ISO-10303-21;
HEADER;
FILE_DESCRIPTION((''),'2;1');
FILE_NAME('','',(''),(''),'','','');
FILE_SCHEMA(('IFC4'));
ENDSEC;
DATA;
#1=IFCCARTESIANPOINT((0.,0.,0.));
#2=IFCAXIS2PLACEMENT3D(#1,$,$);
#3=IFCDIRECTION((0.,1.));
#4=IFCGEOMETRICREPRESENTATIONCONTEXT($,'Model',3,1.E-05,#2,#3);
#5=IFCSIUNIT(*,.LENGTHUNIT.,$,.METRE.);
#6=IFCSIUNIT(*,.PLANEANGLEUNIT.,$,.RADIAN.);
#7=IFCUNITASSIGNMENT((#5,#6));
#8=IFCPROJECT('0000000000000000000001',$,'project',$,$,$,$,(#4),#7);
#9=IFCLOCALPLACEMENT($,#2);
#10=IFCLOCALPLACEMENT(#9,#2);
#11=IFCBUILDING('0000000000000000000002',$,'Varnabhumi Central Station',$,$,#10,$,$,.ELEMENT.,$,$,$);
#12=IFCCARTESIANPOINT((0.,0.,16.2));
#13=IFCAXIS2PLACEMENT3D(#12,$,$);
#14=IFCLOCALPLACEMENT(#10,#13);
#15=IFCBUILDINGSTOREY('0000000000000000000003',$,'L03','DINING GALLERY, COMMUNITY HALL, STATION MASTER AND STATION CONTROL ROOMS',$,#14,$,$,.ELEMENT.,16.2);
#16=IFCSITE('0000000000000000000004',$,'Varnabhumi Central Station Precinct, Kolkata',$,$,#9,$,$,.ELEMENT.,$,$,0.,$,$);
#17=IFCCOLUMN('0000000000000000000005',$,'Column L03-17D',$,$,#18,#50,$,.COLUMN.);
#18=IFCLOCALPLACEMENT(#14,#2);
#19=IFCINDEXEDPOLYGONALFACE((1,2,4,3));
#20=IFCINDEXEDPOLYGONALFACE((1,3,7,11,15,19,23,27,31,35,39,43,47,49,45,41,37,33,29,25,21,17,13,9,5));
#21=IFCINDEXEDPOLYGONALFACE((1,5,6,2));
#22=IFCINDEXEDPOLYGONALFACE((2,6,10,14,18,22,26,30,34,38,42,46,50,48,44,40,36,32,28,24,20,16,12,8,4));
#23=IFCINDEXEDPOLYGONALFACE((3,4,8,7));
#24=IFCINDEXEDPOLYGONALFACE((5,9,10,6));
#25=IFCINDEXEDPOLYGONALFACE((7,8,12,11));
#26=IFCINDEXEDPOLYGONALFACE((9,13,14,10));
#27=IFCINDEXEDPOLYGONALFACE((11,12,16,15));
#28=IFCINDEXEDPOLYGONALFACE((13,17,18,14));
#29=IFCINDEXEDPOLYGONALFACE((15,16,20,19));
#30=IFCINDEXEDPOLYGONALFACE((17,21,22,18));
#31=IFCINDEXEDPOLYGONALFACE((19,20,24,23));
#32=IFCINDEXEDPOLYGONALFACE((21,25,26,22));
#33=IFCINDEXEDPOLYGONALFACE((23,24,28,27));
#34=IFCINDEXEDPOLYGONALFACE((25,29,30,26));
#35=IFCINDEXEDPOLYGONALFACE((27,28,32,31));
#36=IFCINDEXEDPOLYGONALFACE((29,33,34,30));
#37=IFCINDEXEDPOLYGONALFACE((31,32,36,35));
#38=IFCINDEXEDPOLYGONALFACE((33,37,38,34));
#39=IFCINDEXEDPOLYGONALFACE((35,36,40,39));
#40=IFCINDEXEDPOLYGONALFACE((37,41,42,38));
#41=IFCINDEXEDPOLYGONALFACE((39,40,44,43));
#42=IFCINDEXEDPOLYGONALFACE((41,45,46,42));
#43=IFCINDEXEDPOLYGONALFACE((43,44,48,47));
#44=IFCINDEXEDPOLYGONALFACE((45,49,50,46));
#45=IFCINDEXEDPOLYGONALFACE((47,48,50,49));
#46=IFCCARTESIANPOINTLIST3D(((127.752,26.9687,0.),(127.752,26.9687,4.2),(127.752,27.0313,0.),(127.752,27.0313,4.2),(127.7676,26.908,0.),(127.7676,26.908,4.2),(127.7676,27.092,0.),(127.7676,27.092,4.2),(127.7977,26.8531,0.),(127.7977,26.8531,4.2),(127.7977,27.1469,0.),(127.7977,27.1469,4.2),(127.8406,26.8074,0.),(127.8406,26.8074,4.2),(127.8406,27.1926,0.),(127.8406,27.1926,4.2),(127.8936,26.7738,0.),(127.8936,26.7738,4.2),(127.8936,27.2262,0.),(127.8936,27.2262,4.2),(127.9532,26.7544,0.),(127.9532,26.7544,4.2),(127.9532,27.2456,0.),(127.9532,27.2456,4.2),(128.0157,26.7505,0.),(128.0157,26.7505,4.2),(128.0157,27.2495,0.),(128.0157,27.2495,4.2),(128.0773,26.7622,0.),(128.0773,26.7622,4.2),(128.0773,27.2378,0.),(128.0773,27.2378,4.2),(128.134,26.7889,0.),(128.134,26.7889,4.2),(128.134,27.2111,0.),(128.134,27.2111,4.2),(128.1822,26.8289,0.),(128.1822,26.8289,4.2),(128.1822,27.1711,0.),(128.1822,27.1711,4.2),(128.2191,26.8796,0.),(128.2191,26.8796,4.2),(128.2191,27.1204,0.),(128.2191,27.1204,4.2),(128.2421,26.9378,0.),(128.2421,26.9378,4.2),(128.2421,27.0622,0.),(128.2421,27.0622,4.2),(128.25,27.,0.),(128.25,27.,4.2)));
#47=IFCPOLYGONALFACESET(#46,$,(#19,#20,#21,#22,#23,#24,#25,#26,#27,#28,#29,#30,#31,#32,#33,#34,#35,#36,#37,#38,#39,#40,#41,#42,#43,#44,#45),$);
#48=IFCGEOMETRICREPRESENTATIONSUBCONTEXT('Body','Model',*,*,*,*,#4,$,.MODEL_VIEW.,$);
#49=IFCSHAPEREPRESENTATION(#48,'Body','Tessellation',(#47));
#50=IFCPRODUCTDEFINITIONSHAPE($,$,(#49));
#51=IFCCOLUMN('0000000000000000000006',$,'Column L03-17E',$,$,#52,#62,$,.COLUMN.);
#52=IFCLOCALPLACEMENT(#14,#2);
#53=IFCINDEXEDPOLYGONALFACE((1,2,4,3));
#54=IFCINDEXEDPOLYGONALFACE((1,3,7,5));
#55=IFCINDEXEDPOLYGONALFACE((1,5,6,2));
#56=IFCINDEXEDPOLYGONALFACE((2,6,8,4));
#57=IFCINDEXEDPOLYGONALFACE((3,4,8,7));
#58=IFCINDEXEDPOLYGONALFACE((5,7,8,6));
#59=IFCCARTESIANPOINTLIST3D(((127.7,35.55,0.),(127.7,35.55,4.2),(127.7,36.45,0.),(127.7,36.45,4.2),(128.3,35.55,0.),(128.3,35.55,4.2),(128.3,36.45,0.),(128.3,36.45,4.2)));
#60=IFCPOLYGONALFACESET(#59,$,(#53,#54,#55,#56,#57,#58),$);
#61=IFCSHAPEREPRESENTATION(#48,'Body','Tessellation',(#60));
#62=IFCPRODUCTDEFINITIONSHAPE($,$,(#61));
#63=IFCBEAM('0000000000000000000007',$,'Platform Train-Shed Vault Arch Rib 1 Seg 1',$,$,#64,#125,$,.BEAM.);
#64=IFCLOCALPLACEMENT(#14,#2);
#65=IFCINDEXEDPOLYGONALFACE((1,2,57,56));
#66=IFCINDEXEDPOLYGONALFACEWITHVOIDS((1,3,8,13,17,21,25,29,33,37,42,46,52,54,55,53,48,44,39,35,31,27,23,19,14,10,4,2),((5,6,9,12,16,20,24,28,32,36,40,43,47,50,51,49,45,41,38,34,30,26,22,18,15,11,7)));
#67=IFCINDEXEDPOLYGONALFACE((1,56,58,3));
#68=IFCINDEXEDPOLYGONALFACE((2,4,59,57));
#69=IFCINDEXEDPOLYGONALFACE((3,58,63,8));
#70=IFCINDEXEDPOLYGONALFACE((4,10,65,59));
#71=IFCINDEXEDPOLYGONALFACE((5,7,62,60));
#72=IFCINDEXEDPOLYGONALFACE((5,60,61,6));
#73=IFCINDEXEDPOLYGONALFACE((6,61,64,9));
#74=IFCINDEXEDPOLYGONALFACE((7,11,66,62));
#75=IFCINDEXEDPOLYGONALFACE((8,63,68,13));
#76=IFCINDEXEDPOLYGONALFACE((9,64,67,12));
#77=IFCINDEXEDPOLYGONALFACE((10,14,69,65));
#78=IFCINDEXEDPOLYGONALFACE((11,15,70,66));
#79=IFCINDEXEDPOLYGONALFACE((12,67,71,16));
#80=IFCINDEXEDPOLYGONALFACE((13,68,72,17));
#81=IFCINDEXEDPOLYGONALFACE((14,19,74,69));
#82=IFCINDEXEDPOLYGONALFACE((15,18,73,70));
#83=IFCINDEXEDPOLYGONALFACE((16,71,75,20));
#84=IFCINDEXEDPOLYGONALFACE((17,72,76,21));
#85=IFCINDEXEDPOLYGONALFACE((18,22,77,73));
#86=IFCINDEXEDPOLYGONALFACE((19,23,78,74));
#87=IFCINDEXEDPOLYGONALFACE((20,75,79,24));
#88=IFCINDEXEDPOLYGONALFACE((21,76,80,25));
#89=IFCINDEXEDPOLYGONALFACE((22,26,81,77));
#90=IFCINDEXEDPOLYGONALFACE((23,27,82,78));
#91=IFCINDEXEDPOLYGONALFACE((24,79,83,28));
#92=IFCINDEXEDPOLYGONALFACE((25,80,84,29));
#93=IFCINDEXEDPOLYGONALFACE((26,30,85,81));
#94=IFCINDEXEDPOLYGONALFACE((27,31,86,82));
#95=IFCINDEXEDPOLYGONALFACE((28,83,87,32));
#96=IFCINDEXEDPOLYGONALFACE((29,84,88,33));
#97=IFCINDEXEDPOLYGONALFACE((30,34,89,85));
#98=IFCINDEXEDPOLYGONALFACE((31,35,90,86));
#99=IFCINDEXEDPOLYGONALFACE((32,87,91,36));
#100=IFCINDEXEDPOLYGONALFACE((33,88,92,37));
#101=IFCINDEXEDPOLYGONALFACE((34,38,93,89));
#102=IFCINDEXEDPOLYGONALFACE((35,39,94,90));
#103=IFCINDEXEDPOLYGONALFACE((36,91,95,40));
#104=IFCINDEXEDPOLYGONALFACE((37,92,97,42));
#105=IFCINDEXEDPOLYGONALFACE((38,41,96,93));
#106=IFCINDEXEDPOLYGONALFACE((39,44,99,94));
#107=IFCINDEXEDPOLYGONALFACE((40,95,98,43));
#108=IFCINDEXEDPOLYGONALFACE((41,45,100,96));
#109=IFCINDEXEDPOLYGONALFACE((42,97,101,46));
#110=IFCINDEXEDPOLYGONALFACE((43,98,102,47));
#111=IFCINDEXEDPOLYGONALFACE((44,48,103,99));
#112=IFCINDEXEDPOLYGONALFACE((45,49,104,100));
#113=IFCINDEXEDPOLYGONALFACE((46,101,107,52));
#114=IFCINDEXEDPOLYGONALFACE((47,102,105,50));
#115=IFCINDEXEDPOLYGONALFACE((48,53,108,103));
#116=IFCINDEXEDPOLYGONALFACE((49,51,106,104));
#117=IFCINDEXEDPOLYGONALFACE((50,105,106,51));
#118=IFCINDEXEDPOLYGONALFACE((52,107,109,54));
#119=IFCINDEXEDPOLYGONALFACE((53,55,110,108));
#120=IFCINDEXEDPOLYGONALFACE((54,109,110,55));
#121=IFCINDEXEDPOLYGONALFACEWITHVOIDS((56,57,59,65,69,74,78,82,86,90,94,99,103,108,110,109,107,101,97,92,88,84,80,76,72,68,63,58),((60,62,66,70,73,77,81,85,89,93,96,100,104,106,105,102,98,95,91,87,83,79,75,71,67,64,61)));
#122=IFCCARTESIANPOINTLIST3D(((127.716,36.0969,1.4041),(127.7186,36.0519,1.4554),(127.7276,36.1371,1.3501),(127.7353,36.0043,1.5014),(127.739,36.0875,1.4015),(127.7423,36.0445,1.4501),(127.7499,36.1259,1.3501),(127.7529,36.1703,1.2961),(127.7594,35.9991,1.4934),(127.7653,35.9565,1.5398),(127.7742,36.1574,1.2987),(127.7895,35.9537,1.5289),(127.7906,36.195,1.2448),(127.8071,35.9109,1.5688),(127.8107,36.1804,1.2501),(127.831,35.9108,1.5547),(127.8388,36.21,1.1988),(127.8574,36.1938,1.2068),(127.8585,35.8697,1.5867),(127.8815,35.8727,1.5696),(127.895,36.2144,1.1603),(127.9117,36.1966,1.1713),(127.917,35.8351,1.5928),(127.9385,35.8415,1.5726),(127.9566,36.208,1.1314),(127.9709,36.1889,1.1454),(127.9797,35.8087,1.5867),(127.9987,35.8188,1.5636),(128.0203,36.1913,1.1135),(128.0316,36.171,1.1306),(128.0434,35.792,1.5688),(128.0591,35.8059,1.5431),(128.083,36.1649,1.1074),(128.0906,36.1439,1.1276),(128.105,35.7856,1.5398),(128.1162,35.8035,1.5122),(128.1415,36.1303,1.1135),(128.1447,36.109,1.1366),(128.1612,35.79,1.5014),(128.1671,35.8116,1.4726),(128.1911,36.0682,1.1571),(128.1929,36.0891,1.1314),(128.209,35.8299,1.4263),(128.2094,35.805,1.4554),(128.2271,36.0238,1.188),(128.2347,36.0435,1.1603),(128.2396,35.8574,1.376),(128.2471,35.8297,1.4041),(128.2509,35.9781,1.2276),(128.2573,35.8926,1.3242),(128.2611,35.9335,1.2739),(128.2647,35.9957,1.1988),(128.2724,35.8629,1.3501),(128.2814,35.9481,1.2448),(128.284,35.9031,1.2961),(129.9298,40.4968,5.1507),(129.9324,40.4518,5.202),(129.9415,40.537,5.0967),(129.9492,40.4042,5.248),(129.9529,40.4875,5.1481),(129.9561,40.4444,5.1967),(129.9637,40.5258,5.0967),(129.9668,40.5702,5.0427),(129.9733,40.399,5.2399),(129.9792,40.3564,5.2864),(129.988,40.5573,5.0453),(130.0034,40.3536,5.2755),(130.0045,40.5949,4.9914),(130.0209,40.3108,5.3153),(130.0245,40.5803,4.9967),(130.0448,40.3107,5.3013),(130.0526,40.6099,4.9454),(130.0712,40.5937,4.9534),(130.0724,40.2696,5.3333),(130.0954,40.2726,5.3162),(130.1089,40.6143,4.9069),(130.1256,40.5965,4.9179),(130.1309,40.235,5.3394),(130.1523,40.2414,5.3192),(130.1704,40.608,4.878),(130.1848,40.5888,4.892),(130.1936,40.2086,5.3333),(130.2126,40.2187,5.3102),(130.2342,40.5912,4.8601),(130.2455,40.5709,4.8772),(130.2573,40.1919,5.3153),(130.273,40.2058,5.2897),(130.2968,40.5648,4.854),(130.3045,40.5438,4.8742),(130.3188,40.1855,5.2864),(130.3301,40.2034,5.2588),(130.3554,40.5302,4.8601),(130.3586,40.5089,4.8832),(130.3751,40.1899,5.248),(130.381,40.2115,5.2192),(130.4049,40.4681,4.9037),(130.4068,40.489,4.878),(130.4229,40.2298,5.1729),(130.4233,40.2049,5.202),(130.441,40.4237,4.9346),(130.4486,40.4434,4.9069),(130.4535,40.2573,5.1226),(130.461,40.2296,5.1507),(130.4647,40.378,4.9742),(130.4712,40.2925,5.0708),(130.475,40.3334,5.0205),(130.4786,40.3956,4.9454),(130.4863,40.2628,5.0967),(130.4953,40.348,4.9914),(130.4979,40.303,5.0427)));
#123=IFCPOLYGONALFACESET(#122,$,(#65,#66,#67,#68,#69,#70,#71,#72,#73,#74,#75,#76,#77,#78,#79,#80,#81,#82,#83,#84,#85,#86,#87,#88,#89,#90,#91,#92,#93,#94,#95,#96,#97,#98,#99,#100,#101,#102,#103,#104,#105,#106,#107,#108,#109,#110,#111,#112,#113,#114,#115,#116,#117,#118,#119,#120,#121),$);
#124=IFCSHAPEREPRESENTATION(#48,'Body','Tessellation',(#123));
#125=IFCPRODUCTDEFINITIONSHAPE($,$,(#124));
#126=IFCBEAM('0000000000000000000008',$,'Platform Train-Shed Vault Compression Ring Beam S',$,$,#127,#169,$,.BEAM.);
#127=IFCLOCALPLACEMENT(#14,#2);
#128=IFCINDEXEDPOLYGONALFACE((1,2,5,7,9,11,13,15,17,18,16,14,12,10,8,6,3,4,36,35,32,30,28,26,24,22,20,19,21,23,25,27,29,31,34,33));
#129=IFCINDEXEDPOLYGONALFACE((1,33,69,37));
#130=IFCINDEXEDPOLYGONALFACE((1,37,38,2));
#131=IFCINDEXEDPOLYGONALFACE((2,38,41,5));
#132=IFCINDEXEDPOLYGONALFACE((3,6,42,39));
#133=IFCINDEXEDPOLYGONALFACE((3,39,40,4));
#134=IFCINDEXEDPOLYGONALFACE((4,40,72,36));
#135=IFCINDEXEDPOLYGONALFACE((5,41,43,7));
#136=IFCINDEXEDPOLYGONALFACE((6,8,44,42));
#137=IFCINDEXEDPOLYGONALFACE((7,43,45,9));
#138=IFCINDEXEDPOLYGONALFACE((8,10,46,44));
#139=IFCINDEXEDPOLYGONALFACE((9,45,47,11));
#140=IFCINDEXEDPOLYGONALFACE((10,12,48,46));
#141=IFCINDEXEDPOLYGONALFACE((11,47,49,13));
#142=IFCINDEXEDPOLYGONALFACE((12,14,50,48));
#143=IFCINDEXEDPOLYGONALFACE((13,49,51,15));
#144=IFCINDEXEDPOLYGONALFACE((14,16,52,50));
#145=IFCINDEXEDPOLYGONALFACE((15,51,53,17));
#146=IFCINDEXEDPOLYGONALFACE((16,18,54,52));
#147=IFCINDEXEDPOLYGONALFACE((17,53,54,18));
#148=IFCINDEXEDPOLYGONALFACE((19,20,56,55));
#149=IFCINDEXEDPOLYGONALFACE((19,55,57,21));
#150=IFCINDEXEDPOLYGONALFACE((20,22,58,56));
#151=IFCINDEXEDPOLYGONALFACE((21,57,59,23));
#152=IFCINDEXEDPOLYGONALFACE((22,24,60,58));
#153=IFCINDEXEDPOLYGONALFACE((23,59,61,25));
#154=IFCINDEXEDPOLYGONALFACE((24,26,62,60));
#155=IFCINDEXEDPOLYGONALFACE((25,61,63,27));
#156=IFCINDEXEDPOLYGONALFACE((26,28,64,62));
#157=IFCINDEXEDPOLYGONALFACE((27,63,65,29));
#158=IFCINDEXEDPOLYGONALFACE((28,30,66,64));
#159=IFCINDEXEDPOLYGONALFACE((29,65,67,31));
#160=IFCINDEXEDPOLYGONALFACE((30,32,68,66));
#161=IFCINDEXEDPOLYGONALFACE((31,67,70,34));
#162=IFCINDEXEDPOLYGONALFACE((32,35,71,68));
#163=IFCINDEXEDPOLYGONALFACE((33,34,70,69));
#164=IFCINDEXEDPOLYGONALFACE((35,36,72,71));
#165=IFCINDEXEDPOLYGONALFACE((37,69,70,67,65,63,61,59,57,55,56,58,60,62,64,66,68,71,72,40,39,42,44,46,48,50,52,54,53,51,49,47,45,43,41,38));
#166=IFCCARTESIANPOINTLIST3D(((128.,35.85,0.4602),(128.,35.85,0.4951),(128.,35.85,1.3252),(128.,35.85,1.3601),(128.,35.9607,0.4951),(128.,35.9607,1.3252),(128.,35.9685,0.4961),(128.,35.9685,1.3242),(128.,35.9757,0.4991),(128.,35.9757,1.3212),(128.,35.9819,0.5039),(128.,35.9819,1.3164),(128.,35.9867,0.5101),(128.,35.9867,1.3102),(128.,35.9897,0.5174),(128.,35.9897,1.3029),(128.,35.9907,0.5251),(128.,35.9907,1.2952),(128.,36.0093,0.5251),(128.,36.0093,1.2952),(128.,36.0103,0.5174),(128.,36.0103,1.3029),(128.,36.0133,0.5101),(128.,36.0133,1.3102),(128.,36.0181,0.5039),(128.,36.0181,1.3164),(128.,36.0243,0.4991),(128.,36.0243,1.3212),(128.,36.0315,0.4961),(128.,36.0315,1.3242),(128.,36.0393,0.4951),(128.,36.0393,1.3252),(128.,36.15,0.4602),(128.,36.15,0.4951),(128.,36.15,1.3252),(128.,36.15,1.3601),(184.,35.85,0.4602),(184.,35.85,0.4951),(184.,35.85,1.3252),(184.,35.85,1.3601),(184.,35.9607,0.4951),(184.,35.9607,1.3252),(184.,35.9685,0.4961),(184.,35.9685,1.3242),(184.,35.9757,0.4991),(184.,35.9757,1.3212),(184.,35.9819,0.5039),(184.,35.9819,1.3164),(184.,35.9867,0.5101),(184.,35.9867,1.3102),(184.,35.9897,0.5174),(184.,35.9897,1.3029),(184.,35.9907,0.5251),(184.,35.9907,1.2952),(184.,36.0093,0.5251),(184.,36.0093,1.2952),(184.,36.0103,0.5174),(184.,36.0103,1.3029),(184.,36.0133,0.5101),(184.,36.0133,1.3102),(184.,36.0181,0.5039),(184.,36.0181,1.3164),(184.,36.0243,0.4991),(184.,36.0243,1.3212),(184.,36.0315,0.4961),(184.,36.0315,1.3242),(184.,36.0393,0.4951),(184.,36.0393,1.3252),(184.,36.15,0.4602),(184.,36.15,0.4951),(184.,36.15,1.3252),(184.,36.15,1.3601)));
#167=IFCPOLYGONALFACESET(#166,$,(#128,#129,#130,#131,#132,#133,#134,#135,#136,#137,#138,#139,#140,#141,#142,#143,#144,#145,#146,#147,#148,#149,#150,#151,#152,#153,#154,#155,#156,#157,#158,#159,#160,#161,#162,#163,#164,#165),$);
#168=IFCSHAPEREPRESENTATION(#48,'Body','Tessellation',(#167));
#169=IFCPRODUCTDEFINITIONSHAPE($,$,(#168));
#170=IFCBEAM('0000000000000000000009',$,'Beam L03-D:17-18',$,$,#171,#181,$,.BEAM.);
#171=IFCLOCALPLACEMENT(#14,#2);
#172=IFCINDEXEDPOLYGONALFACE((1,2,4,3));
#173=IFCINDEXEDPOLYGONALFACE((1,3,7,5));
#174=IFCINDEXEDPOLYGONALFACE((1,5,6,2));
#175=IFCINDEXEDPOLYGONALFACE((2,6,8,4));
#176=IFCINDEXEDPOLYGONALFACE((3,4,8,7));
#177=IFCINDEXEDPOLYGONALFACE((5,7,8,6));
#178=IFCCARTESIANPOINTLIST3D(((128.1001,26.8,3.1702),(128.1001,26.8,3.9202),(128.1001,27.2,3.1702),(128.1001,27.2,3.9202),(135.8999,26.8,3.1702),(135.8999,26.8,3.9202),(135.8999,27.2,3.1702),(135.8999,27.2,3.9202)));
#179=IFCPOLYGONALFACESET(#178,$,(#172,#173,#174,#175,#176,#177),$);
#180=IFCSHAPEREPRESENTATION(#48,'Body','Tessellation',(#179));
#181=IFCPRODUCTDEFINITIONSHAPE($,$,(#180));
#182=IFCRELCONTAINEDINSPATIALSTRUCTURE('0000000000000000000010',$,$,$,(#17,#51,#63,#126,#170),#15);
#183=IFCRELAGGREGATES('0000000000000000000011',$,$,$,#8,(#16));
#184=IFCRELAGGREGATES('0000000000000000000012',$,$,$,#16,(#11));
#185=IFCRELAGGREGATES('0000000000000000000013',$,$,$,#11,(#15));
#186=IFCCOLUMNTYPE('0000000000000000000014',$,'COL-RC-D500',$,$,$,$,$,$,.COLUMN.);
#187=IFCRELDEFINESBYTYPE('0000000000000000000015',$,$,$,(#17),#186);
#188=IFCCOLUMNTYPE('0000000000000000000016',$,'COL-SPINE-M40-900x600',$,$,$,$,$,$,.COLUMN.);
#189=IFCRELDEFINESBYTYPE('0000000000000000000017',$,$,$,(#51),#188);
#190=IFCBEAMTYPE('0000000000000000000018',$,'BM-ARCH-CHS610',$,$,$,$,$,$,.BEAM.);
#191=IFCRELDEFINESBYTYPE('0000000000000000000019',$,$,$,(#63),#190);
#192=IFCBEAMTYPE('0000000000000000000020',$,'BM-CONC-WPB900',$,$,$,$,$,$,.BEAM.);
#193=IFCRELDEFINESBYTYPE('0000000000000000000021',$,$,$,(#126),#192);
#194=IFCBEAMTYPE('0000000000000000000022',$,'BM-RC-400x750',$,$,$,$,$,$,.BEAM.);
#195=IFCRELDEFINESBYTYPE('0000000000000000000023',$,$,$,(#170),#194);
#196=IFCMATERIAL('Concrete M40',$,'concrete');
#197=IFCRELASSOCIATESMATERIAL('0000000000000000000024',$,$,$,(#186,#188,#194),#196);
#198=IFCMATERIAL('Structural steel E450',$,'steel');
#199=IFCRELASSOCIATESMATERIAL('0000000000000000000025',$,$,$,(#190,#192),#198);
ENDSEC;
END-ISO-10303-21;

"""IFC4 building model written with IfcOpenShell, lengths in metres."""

from ifc_helpers import new_model, si_unit, direction, frame, origin, origin_2d, place, context, subcontext, project, spatial, rectangle, circle, hollow_circle, i_section, extrude, material, material_profile, profile_set, type_object, element, save


model = new_model("IFC4")

# Units and contexts
model_context = context("Model", 3, precision=1e-05, world=origin(), true_north=direction((0.0, 1.0)))
body_context = subcontext(model_context, "Body", "Model", "MODEL_VIEW")
ifc_project = project(units=[si_unit("LENGTHUNIT", "METRE"), si_unit("PLANEANGLEUNIT", "RADIAN")], contexts=[model_context])

# Site, building, storey
site_placement = place(None, origin())
site = spatial("IfcSite", under=ifc_project, at=site_placement, Name="Varnabhumi Central Station Precinct, Kolkata", CompositionType="ELEMENT", RefElevation=0.0)
building_placement = place(site_placement, origin())
building = spatial("IfcBuilding", under=site, at=building_placement, Name="Varnabhumi Central Station", CompositionType="ELEMENT")
storey_placement = place(building_placement, frame((0.0, 0.0, 16.2)))
storey = spatial("IfcBuildingStorey", under=building, at=storey_placement, Name="L03", Description="DINING GALLERY, COMMUNITY HALL, STATION MASTER AND STATION CONTROL ROOMS", CompositionType="ELEMENT", Elevation=16.2)

# Columns
ifc_material_1 = material(Name="Concrete M40", Category="concrete")
ifc_material_profile_1 = material_profile(ifc_material_1, circle(Radius=0.25, at=origin_2d()), Name="Concrete M40", Category="concrete")
ifc_profile_set_1 = profile_set([ifc_material_profile_1], Name="Concrete M40")
column_type_1 = type_object("IfcColumnType", Name="COL-RC-D500", PredefinedType="COLUMN", material=ifc_profile_set_1)
column_1_placement = place(storey_placement, frame((128.0, 27.0, 0.0), z_axis=(0.0, 0.0, 1.0), x_axis=(1.0, 0.0, 0.0)))
element("IfcColumn", 1, at=column_1_placement, inside=storey, type_object=column_type_1, Name="Column L03-17D", PredefinedType="COLUMN", context=body_context, shape_type="SweptSolid", body=[
    extrude(circle(Radius=0.25, at=origin_2d()), origin(), (0.0, 0.0, 1.0), 4.2),
])
ifc_material_profile_2 = material_profile(ifc_material_1, rectangle(XDim=0.6001, YDim=0.8999, at=origin_2d()), Name="Concrete M40", Category="concrete")
ifc_profile_set_2 = profile_set([ifc_material_profile_2], Name="Concrete M40")
column_type_2 = type_object("IfcColumnType", Name="COL-SPINE-M40-900x600", PredefinedType="COLUMN", material=ifc_profile_set_2)
column_2_placement = place(storey_placement, frame((128.0, 36.0, 0.0), z_axis=(0.0, 0.0, 1.0), x_axis=(1.0, 0.0, 0.0)))
element("IfcColumn", 2, at=column_2_placement, inside=storey, type_object=column_type_2, Name="Column L03-17E", PredefinedType="COLUMN", context=body_context, shape_type="SweptSolid", body=[
    extrude(rectangle(XDim=0.6001, YDim=0.8999, at=origin_2d()), origin(), (0.0, 0.0, 1.0), 4.2),
])

# Beams
ifc_material_2 = material(Name="Structural steel E450", Category="steel")
ifc_material_profile_3 = material_profile(ifc_material_2, hollow_circle(Radius=0.3049, WallThickness=0.0249, at=origin_2d()), Name="Structural steel E450", Category="steel")
ifc_profile_set_3 = profile_set([ifc_material_profile_3], Name="Structural steel E450")
beam_type_1 = type_object("IfcBeamType", Name="BM-ARCH-CHS610", PredefinedType="BEAM", material=ifc_profile_set_3)
beam_1_placement = place(storey_placement, frame((128.0, 36.0, 1.3501), z_axis=(0.35774, 0.710983, 0.605413), x_axis=(-0.893294, 0.449472, 0.0)))
element("IfcBeam", 3, at=beam_1_placement, inside=storey, type_object=beam_type_1, Name="Platform Train-Shed Vault Arch Rib 1 Seg 1", PredefinedType="BEAM", context=body_context, shape_type="SweptSolid", body=[
    extrude(hollow_circle(Radius=0.3049, WallThickness=0.0249, at=origin_2d()), origin(), (0.0, 0.0, 1.0), 6.1885),
])
ifc_material_profile_4 = material_profile(ifc_material_2, i_section(OverallWidth=0.3, OverallDepth=0.8999, WebThickness=0.0186, FlangeThickness=0.0349, FilletRadius=0.03, at=origin_2d()), Name="Structural steel E450", Category="steel")
ifc_profile_set_4 = profile_set([ifc_material_profile_4], Name="Structural steel E450")
beam_type_2 = type_object("IfcBeamType", Name="BM-CONC-WPB900", PredefinedType="BEAM", material=ifc_profile_set_4)
beam_2_placement = place(storey_placement, frame((128.0, 36.0, 0.9102), z_axis=(1.0, 0.0, 0.0), x_axis=(0.0, 1.0, 0.0)))
element("IfcBeam", 4, at=beam_2_placement, inside=storey, type_object=beam_type_2, Name="Platform Train-Shed Vault Compression Ring Beam S", PredefinedType="BEAM", context=body_context, shape_type="SweptSolid", body=[
    extrude(i_section(OverallWidth=0.3, OverallDepth=0.8999, WebThickness=0.0186, FlangeThickness=0.0349, FilletRadius=0.03, at=origin_2d()), origin(), (0.0, 0.0, 1.0), 56.0),
])
ifc_material_profile_5 = material_profile(ifc_material_1, rectangle(XDim=0.3999, YDim=0.75, at=origin_2d()), Name="Concrete M40", Category="concrete")
ifc_profile_set_5 = profile_set([ifc_material_profile_5], Name="Concrete M40")
beam_type_3 = type_object("IfcBeamType", Name="BM-RC-400x750", PredefinedType="BEAM", material=ifc_profile_set_5)
beam_3_placement = place(storey_placement, frame((128.1001, 27.0, 3.5452), z_axis=(1.0, 0.0, 0.0), x_axis=(0.0, 1.0, 0.0)))
element("IfcBeam", 5, at=beam_3_placement, inside=storey, type_object=beam_type_3, Name="Beam L03-D:17-18", PredefinedType="BEAM", context=body_context, shape_type="SweptSolid", body=[
    extrude(rectangle(XDim=0.3999, YDim=0.75, at=origin_2d()), origin(), (0.0, 0.0, 1.0), 7.7998),
])

save(model, "model.ifc")
